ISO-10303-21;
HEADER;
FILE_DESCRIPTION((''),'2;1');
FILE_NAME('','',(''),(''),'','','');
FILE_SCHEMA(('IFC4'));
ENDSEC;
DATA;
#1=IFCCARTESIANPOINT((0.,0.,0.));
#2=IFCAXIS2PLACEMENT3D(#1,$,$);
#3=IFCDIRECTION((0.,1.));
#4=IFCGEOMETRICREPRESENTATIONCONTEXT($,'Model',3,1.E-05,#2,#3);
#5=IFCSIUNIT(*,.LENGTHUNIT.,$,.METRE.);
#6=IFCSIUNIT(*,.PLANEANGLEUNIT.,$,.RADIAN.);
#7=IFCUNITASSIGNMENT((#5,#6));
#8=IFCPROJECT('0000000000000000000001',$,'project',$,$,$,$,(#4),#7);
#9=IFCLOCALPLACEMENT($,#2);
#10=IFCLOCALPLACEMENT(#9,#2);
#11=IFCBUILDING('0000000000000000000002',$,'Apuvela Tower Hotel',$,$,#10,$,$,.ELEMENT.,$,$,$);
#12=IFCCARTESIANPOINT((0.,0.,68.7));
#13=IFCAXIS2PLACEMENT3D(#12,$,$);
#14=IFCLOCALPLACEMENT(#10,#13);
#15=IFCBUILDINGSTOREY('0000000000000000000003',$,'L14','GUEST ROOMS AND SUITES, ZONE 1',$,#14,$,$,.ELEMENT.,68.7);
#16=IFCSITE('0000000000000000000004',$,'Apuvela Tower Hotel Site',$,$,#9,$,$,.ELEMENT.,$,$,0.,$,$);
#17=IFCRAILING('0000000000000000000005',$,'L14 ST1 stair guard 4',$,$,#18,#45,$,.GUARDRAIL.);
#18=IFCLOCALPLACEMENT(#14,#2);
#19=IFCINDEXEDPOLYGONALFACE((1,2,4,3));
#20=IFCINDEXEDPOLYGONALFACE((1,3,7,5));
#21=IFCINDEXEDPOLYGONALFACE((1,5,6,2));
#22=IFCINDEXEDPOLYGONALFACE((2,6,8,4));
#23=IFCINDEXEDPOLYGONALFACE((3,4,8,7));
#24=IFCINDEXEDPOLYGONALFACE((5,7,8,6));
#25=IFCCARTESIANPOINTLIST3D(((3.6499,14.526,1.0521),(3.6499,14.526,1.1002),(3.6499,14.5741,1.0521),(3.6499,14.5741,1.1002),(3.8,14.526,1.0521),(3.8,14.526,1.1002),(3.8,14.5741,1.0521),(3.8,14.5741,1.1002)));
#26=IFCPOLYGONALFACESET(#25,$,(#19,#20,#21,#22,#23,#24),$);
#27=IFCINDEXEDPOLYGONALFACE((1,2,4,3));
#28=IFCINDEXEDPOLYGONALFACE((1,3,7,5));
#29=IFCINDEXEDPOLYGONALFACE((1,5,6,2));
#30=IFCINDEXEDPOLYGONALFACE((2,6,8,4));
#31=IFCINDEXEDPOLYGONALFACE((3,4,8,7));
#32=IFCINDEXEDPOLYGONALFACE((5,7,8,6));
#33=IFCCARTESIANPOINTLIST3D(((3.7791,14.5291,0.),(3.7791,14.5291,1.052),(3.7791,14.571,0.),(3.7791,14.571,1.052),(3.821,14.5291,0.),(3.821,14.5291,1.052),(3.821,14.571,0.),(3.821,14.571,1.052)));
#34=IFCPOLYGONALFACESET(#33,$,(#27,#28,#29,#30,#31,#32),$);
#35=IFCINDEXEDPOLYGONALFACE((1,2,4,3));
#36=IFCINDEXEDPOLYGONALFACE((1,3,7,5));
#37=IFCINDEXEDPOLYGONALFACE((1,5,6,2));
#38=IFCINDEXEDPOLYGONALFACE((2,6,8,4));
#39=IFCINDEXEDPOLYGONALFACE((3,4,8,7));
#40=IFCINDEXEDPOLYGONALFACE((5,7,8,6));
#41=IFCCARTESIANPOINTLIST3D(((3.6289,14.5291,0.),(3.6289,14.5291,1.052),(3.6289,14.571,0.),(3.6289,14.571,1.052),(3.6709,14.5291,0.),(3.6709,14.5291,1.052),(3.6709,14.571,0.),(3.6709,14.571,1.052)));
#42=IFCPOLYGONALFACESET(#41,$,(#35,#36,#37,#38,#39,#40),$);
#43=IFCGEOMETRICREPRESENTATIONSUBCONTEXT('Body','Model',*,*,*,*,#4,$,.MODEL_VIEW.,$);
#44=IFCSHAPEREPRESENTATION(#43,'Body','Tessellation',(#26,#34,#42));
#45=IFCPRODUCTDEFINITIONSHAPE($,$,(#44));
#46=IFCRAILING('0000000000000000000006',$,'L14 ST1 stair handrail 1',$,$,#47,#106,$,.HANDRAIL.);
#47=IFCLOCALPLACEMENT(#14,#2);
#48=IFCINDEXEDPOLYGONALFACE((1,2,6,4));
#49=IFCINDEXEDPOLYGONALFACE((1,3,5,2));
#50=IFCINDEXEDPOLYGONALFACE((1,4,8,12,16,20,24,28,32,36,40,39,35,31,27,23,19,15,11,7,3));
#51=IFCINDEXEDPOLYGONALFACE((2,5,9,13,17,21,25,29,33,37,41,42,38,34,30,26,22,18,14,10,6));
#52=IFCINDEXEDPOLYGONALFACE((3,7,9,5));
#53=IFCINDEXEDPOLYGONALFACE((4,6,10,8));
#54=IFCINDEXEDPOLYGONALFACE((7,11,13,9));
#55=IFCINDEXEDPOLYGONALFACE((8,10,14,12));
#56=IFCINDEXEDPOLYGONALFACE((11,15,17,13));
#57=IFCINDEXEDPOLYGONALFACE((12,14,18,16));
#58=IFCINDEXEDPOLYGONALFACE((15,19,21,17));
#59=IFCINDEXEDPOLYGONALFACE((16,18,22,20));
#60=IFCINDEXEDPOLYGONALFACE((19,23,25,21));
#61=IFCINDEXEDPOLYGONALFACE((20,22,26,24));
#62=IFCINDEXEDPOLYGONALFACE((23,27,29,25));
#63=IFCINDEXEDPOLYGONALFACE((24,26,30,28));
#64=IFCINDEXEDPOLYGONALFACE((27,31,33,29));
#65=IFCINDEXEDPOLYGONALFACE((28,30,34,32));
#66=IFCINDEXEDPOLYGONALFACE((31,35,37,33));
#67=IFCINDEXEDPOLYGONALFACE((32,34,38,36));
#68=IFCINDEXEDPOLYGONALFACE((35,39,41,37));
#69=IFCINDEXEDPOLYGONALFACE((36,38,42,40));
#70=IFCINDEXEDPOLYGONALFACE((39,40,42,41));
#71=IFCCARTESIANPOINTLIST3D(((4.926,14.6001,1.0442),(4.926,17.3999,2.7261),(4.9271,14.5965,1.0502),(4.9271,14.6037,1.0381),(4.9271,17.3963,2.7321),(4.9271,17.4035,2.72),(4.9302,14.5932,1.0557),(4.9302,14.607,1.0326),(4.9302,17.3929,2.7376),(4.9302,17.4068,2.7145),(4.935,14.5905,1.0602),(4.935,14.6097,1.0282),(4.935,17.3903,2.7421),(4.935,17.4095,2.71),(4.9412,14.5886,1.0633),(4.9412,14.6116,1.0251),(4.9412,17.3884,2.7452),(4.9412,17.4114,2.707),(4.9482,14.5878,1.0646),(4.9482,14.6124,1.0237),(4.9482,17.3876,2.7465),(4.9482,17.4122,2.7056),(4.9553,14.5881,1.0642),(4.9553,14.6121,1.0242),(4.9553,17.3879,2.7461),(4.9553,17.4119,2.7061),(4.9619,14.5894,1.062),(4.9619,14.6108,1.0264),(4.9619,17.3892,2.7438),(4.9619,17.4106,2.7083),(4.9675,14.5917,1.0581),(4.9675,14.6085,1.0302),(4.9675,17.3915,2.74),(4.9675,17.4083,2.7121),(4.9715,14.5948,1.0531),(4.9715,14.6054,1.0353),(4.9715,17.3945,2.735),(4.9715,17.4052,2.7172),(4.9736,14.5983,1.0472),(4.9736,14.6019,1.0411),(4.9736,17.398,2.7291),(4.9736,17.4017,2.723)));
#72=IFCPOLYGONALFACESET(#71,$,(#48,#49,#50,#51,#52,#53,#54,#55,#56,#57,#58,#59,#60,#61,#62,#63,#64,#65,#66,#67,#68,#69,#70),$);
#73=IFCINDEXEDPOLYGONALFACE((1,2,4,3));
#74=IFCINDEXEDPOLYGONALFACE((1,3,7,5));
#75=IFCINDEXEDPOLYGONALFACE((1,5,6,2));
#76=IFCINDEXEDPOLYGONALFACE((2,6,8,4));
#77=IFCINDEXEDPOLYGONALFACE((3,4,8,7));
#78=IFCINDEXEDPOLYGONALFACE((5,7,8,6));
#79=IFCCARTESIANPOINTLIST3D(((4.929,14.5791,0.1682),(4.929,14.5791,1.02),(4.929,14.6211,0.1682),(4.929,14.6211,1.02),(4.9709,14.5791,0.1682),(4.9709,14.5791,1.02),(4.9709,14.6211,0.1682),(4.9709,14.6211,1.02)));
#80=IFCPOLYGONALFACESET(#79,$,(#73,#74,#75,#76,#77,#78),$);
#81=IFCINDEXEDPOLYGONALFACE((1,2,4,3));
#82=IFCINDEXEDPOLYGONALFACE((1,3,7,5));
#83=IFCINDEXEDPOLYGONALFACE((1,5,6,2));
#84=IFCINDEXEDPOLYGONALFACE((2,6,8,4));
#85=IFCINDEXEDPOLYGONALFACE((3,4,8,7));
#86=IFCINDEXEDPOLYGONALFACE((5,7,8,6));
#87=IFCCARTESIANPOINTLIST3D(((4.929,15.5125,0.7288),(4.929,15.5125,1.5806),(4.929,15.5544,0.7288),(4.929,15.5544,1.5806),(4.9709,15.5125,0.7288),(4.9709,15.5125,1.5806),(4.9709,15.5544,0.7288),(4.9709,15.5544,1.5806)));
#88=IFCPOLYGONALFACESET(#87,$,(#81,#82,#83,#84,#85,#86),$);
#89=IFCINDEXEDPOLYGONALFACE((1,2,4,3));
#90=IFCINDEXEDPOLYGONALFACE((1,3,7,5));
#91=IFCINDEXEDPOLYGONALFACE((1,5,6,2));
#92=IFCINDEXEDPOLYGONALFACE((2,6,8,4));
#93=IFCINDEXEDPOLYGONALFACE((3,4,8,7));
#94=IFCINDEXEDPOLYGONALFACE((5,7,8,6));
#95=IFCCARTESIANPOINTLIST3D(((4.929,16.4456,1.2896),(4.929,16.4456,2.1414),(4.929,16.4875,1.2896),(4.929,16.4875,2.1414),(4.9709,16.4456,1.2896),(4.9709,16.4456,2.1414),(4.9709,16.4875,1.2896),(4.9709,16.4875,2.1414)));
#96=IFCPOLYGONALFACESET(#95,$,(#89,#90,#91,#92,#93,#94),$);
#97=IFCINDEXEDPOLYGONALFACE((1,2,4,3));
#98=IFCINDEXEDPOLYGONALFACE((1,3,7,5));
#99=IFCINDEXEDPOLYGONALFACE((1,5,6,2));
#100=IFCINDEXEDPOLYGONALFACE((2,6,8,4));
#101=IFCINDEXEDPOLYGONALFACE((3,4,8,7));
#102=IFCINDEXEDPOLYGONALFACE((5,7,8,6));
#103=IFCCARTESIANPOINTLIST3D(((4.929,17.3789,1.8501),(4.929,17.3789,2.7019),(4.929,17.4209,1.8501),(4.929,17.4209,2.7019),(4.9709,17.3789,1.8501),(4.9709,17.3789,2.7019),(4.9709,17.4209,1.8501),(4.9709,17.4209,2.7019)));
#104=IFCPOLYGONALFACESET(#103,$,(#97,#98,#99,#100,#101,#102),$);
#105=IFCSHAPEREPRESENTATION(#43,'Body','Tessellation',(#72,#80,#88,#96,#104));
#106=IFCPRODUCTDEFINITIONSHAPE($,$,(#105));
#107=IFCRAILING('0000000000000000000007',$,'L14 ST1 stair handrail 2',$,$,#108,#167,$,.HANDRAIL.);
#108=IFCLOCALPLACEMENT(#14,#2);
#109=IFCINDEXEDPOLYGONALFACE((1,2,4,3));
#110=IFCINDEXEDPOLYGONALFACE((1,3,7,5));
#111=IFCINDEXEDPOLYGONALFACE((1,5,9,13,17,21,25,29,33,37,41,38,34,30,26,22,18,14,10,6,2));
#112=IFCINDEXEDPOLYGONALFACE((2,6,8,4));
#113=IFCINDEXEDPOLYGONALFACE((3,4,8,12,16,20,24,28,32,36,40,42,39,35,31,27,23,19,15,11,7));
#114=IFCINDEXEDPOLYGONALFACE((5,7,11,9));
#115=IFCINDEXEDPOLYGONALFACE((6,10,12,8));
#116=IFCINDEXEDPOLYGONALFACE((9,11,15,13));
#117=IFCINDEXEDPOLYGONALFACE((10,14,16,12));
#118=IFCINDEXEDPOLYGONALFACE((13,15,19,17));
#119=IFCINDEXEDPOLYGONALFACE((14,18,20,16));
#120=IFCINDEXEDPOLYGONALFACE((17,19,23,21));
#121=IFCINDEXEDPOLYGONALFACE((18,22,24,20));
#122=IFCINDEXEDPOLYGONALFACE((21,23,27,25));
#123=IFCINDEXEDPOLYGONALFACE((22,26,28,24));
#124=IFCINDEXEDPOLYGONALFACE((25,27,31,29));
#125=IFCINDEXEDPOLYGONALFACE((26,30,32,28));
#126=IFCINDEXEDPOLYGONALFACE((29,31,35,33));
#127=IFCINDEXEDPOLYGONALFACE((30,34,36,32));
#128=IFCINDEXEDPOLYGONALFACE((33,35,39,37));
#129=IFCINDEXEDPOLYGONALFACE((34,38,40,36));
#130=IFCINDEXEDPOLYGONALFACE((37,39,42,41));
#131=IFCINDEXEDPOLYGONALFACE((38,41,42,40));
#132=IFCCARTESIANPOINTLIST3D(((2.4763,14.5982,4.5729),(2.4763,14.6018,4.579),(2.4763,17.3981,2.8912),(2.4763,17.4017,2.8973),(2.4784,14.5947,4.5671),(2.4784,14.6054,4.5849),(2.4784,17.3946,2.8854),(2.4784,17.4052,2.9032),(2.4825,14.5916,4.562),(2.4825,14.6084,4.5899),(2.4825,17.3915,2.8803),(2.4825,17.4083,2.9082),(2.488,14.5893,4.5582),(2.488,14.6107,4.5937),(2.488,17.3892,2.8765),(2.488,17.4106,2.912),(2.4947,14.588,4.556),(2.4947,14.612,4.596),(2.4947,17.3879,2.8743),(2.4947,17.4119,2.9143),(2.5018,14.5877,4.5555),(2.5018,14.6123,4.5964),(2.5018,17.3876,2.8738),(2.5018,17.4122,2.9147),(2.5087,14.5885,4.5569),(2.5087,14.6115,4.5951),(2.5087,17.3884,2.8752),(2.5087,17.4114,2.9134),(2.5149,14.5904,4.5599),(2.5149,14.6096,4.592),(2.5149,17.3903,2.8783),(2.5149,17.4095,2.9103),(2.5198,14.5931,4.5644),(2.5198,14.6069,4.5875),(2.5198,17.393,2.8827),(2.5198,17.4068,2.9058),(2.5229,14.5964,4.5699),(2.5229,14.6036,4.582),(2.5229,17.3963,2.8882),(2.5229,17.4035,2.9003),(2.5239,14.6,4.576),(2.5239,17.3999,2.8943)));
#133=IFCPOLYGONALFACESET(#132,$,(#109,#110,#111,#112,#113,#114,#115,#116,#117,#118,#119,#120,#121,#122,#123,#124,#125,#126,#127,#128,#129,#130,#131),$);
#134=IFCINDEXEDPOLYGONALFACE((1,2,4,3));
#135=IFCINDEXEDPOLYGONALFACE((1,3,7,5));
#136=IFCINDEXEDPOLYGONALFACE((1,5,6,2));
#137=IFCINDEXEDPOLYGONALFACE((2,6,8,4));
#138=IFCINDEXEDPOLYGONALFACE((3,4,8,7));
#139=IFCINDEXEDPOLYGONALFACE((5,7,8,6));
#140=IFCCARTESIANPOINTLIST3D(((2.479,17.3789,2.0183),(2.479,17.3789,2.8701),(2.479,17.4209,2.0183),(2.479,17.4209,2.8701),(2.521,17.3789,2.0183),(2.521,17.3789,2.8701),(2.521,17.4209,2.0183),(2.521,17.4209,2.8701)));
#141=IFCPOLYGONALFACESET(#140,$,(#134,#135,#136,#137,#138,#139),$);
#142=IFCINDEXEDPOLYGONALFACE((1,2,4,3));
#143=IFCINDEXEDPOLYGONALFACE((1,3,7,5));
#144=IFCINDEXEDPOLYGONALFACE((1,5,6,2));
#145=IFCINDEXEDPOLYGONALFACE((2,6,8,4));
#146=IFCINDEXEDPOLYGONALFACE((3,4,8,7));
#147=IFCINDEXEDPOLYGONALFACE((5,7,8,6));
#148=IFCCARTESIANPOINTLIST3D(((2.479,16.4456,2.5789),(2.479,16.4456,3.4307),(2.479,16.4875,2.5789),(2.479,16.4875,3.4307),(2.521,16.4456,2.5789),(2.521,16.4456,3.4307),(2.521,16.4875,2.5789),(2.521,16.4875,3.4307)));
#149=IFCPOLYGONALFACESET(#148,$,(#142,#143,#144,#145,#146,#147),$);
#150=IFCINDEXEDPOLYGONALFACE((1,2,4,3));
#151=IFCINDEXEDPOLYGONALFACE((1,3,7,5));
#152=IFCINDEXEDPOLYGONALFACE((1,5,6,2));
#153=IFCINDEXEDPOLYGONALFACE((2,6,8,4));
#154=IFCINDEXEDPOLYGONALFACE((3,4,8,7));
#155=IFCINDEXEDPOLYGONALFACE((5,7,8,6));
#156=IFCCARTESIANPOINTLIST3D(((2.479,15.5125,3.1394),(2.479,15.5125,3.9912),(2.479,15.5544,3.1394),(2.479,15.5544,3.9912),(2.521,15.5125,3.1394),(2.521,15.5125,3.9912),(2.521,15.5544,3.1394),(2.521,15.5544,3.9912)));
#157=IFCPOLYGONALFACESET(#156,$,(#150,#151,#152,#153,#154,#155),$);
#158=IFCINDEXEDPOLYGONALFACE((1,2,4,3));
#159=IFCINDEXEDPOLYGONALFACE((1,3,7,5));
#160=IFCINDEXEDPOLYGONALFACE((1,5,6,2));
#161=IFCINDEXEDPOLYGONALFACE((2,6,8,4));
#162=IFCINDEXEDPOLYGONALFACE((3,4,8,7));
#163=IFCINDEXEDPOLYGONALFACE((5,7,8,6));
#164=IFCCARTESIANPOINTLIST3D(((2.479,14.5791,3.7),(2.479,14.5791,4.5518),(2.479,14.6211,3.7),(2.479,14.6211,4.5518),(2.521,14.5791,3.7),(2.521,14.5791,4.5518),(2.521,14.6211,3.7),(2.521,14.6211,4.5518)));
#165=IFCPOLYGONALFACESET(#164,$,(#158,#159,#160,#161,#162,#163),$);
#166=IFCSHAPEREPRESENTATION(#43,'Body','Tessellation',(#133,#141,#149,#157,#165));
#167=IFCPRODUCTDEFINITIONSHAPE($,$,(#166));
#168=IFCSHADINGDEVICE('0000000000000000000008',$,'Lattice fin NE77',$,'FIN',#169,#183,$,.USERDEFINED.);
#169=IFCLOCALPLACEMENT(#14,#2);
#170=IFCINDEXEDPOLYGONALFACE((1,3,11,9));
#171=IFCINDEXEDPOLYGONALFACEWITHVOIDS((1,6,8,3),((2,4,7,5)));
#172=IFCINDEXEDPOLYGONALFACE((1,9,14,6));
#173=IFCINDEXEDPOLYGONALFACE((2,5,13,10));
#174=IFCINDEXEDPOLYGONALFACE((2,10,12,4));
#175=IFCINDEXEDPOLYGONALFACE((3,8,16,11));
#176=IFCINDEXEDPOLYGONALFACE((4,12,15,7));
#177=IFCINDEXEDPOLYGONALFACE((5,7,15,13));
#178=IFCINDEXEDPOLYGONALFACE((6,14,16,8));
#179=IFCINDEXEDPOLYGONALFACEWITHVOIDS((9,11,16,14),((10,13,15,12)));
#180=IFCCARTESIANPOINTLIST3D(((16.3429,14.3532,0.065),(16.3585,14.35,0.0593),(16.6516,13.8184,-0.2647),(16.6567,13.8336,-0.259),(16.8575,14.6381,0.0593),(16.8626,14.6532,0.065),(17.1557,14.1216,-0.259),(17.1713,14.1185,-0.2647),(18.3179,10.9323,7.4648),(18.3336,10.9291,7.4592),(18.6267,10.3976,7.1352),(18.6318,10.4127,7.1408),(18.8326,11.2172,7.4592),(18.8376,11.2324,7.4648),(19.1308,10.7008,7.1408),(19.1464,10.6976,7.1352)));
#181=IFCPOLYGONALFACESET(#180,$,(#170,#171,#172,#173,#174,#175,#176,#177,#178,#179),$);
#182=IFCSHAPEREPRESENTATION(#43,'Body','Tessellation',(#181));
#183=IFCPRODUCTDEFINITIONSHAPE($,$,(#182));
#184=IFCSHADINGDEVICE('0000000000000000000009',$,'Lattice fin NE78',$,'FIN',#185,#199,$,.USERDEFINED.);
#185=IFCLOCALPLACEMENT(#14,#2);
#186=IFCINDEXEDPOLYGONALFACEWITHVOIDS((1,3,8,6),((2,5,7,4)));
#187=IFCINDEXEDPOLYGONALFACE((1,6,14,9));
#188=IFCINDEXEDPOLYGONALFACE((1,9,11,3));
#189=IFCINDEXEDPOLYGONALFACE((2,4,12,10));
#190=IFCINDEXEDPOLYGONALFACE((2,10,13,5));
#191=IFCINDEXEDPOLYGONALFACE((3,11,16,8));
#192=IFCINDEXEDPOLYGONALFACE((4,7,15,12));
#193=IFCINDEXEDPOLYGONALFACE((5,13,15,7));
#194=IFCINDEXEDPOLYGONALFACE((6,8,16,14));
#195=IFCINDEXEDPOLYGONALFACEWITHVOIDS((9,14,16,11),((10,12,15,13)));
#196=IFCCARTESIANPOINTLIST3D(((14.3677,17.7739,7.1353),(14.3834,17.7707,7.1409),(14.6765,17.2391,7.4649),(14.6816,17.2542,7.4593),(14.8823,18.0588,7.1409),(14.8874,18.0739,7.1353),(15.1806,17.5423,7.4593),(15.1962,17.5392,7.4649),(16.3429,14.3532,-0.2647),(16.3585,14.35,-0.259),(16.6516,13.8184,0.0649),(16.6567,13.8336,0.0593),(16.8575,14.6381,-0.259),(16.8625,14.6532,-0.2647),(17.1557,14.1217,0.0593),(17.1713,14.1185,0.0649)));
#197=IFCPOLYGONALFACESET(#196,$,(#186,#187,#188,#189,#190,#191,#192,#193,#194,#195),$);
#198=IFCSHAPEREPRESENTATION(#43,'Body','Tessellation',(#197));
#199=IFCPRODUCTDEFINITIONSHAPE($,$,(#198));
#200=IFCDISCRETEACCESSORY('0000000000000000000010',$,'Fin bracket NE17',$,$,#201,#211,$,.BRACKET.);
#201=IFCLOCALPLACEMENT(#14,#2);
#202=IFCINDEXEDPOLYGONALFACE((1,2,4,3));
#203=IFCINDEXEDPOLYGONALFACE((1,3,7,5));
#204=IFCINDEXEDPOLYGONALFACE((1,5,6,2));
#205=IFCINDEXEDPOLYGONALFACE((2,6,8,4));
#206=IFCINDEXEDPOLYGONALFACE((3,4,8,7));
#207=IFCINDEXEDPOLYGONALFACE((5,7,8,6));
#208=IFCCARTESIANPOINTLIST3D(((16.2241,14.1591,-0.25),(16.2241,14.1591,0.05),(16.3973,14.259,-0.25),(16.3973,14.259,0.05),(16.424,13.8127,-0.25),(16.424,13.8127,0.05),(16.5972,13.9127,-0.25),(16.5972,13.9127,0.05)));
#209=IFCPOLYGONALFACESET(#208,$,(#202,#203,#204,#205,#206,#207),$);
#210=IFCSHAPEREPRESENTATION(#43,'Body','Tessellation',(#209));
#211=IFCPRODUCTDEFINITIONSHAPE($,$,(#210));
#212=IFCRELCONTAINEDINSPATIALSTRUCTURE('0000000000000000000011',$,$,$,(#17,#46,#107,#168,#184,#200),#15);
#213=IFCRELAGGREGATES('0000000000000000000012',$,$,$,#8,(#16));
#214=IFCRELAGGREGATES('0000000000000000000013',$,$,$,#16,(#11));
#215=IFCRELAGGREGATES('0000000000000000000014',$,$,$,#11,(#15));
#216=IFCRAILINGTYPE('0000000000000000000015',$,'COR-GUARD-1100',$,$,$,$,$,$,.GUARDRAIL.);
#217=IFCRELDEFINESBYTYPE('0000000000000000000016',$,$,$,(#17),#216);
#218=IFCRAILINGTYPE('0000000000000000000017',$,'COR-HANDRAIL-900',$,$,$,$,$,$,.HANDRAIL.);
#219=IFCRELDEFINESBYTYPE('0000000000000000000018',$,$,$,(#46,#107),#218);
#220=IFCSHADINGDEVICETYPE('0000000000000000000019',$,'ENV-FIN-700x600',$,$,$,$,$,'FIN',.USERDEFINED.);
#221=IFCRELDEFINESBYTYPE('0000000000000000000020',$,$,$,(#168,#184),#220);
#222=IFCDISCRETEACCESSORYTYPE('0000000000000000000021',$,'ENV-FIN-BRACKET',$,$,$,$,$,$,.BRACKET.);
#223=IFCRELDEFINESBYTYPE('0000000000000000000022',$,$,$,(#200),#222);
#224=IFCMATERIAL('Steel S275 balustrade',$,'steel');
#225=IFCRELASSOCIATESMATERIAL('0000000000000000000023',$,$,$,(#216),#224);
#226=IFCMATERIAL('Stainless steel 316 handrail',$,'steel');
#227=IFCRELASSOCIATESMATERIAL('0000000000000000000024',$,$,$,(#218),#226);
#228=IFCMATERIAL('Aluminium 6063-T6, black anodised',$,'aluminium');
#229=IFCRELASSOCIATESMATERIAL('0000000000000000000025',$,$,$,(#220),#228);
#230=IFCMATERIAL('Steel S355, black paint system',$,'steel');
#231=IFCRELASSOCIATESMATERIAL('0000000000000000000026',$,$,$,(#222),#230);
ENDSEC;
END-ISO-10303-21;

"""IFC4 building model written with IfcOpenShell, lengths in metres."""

from ifc_helpers import new_model, si_unit, direction, frame, origin, origin_2d, place, context, subcontext, project, spatial, rectangle, hollow_rectangle, circle, extrude, material, material_profile, profile_set, type_object, element, save


model = new_model("IFC4")

# Units and contexts
model_context = context("Model", 3, precision=1e-05, world=origin(), true_north=direction((0.0, 1.0)))
body_context = subcontext(model_context, "Body", "Model", "MODEL_VIEW")
ifc_project = project(units=[si_unit("LENGTHUNIT", "METRE"), si_unit("PLANEANGLEUNIT", "RADIAN")], contexts=[model_context])

# Site, building, storey
site_placement = place(None, origin())
site = spatial("IfcSite", under=ifc_project, at=site_placement, Name="Apuvela Tower Hotel Site", CompositionType="ELEMENT", RefElevation=0.0)
building_placement = place(site_placement, origin())
building = spatial("IfcBuilding", under=site, at=building_placement, Name="Apuvela Tower Hotel", CompositionType="ELEMENT")
storey_placement = place(building_placement, frame((0.0, 0.0, 68.7)))
storey = spatial("IfcBuildingStorey", under=building, at=storey_placement, Name="L14", Description="GUEST ROOMS AND SUITES, ZONE 1", CompositionType="ELEMENT", Elevation=68.7)

# Railings
ifc_material_1 = material(Name="Steel S275 balustrade", Category="steel")
railing_type_1 = type_object("IfcRailingType", Name="COR-GUARD-1100", PredefinedType="GUARDRAIL", material=ifc_material_1)
railing_1_placement = place(storey_placement, frame((3.8, 14.55, 0.0)))
element("IfcRailing", 1, at=railing_1_placement, inside=storey, type_object=railing_type_1, Name="L14 ST1 stair guard 4", PredefinedType="GUARDRAIL", context=body_context, shape_type="SweptSolid", body=[
    extrude(rectangle(XDim=0.0481, YDim=0.0481, at=origin_2d()), frame((0.0, 0.0, 1.0762), z_axis=(-1.0, 0.0, 0.0), x_axis=(0.0, -1.0, 0.0)), (0.0, 0.0, 1.0), 0.1501),
    extrude(rectangle(XDim=0.042, YDim=0.042, at=origin_2d()), origin(), (0.0, 0.0, 1.0), 1.052),
    extrude(rectangle(XDim=0.042, YDim=0.042, at=origin_2d()), frame((-0.1501, 0.0, 0.0)), (0.0, 0.0, 1.0), 1.052),
])
ifc_material_2 = material(Name="Stainless steel 316 handrail", Category="steel")
railing_type_2 = type_object("IfcRailingType", Name="COR-HANDRAIL-900", PredefinedType="HANDRAIL", material=ifc_material_2)
railing_2_placement = place(storey_placement, frame((4.95, 14.6001, 0.1682)))
element("IfcRailing", 2, at=railing_2_placement, inside=storey, type_object=railing_type_2, Name="L14 ST1 stair handrail 1", PredefinedType="HANDRAIL", context=body_context, shape_type="SweptSolid", body=[
    extrude(circle(Radius=0.0239, at=origin_2d()), frame((0.0, 0.0, 0.876), z_axis=(0.0, 0.857222, 0.514946), x_axis=(-1.0, 0.0, 0.0)), (0.0, 0.0, 1.0), 3.2661),
    extrude(rectangle(XDim=0.042, YDim=0.042, at=origin_2d()), origin(), (0.0, 0.0, 1.0), 0.8518),
    extrude(rectangle(XDim=0.042, YDim=0.042, at=origin_2d()), frame((0.0, 0.9333, 0.5605)), (0.0, 0.0, 1.0), 0.8518),
    extrude(rectangle(XDim=0.042, YDim=0.042, at=origin_2d()), frame((0.0, 1.8665, 1.1213)), (0.0, 0.0, 1.0), 0.8518),
    extrude(rectangle(XDim=0.042, YDim=0.042, at=origin_2d()), frame((0.0, 2.7998, 1.6819)), (0.0, 0.0, 1.0), 0.8518),
])
railing_3_placement = place(storey_placement, frame((2.5, 17.3999, 2.0183)))
element("IfcRailing", 3, at=railing_3_placement, inside=storey, type_object=railing_type_2, Name="L14 ST1 stair handrail 2", PredefinedType="HANDRAIL", context=body_context, shape_type="SweptSolid", body=[
    extrude(circle(Radius=0.0239, at=origin_2d()), frame((0.0, 0.0, 0.876), z_axis=(0.0, -0.857255, 0.514891), x_axis=(1.0, 0.0, 0.0)), (0.0, 0.0, 1.0), 3.2661),
    extrude(rectangle(XDim=0.042, YDim=0.042, at=origin_2d()), origin(), (0.0, 0.0, 1.0), 0.8518),
    extrude(rectangle(XDim=0.042, YDim=0.042, at=origin_2d()), frame((0.0, -0.9333, 0.5605)), (0.0, 0.0, 1.0), 0.8518),
    extrude(rectangle(XDim=0.042, YDim=0.042, at=origin_2d()), frame((0.0, -1.8665, 1.1211)), (0.0, 0.0, 1.0), 0.8518),
    extrude(rectangle(XDim=0.042, YDim=0.042, at=origin_2d()), frame((0.0, -2.7998, 1.6816)), (0.0, 0.0, 1.0), 0.8518),
])

# Shading devices
ifc_material_3 = material(Name="Aluminium 6063-T6, black anodised", Category="aluminium")
ifc_material_profile_1 = material_profile(ifc_material_3, hollow_rectangle(XDim=0.6001, YDim=0.7, WallThickness=0.012, at=origin_2d()), Name="AL BOX 700x600x12")
ifc_profile_set_1 = profile_set([ifc_material_profile_1], Name="Aluminium 6063-T6, black anodised")
shading_device_type = type_object("IfcShadingDeviceType", Name="ENV-FIN-700x600", ElementType="FIN", PredefinedType="USERDEFINED", material=ifc_profile_set_1)
for number, where, z_axis, x_axis, name in (
    (4, (16.7571, 14.2358, -0.0999), (0.235461, -0.407822, 0.882179), (0.866021, 0.500008, 0.0), "Lattice fin NE77"),
    (5, (16.7571, 14.2358, -0.0999), (-0.235464, 0.407798, 0.882189), (-0.866005, -0.500035, 0.0), "Lattice fin NE78"),
):
    element("IfcShadingDevice", number, at=place(storey_placement, frame(where, z_axis=z_axis, x_axis=x_axis)), inside=storey, type_object=shading_device_type, Name=name, ObjectType="FIN", PredefinedType="USERDEFINED", context=body_context, shape_type="SweptSolid", body=[
        extrude(hollow_rectangle(XDim=0.6001, YDim=0.7, WallThickness=0.012, at=origin_2d()), origin(), (0.0, 0.0, 1.0), 8.3882),
    ])

# Discrete accessory
ifc_material_4 = material(Name="Steel S355, black paint system", Category="steel")
discrete_accessory_type = type_object("IfcDiscreteAccessoryType", Name="ENV-FIN-BRACKET", PredefinedType="BRACKET", material=ifc_material_4)
discrete_accessory_placement = place(storey_placement, frame((16.4106, 14.0359, -0.25), z_axis=(0.0, 0.0, 1.0), x_axis=(-0.5, 0.866025, 0.0)))
element("IfcDiscreteAccessory", 6, at=discrete_accessory_placement, inside=storey, type_object=discrete_accessory_type, Name="Fin bracket NE17", PredefinedType="BRACKET", context=body_context, shape_type="SweptSolid", body=[
    extrude(rectangle(XDim=0.3999, YDim=0.2, at=origin_2d()), origin(), (0.0, 0.0, 1.0), 0.3),
])

save(model, "model.ifc")
